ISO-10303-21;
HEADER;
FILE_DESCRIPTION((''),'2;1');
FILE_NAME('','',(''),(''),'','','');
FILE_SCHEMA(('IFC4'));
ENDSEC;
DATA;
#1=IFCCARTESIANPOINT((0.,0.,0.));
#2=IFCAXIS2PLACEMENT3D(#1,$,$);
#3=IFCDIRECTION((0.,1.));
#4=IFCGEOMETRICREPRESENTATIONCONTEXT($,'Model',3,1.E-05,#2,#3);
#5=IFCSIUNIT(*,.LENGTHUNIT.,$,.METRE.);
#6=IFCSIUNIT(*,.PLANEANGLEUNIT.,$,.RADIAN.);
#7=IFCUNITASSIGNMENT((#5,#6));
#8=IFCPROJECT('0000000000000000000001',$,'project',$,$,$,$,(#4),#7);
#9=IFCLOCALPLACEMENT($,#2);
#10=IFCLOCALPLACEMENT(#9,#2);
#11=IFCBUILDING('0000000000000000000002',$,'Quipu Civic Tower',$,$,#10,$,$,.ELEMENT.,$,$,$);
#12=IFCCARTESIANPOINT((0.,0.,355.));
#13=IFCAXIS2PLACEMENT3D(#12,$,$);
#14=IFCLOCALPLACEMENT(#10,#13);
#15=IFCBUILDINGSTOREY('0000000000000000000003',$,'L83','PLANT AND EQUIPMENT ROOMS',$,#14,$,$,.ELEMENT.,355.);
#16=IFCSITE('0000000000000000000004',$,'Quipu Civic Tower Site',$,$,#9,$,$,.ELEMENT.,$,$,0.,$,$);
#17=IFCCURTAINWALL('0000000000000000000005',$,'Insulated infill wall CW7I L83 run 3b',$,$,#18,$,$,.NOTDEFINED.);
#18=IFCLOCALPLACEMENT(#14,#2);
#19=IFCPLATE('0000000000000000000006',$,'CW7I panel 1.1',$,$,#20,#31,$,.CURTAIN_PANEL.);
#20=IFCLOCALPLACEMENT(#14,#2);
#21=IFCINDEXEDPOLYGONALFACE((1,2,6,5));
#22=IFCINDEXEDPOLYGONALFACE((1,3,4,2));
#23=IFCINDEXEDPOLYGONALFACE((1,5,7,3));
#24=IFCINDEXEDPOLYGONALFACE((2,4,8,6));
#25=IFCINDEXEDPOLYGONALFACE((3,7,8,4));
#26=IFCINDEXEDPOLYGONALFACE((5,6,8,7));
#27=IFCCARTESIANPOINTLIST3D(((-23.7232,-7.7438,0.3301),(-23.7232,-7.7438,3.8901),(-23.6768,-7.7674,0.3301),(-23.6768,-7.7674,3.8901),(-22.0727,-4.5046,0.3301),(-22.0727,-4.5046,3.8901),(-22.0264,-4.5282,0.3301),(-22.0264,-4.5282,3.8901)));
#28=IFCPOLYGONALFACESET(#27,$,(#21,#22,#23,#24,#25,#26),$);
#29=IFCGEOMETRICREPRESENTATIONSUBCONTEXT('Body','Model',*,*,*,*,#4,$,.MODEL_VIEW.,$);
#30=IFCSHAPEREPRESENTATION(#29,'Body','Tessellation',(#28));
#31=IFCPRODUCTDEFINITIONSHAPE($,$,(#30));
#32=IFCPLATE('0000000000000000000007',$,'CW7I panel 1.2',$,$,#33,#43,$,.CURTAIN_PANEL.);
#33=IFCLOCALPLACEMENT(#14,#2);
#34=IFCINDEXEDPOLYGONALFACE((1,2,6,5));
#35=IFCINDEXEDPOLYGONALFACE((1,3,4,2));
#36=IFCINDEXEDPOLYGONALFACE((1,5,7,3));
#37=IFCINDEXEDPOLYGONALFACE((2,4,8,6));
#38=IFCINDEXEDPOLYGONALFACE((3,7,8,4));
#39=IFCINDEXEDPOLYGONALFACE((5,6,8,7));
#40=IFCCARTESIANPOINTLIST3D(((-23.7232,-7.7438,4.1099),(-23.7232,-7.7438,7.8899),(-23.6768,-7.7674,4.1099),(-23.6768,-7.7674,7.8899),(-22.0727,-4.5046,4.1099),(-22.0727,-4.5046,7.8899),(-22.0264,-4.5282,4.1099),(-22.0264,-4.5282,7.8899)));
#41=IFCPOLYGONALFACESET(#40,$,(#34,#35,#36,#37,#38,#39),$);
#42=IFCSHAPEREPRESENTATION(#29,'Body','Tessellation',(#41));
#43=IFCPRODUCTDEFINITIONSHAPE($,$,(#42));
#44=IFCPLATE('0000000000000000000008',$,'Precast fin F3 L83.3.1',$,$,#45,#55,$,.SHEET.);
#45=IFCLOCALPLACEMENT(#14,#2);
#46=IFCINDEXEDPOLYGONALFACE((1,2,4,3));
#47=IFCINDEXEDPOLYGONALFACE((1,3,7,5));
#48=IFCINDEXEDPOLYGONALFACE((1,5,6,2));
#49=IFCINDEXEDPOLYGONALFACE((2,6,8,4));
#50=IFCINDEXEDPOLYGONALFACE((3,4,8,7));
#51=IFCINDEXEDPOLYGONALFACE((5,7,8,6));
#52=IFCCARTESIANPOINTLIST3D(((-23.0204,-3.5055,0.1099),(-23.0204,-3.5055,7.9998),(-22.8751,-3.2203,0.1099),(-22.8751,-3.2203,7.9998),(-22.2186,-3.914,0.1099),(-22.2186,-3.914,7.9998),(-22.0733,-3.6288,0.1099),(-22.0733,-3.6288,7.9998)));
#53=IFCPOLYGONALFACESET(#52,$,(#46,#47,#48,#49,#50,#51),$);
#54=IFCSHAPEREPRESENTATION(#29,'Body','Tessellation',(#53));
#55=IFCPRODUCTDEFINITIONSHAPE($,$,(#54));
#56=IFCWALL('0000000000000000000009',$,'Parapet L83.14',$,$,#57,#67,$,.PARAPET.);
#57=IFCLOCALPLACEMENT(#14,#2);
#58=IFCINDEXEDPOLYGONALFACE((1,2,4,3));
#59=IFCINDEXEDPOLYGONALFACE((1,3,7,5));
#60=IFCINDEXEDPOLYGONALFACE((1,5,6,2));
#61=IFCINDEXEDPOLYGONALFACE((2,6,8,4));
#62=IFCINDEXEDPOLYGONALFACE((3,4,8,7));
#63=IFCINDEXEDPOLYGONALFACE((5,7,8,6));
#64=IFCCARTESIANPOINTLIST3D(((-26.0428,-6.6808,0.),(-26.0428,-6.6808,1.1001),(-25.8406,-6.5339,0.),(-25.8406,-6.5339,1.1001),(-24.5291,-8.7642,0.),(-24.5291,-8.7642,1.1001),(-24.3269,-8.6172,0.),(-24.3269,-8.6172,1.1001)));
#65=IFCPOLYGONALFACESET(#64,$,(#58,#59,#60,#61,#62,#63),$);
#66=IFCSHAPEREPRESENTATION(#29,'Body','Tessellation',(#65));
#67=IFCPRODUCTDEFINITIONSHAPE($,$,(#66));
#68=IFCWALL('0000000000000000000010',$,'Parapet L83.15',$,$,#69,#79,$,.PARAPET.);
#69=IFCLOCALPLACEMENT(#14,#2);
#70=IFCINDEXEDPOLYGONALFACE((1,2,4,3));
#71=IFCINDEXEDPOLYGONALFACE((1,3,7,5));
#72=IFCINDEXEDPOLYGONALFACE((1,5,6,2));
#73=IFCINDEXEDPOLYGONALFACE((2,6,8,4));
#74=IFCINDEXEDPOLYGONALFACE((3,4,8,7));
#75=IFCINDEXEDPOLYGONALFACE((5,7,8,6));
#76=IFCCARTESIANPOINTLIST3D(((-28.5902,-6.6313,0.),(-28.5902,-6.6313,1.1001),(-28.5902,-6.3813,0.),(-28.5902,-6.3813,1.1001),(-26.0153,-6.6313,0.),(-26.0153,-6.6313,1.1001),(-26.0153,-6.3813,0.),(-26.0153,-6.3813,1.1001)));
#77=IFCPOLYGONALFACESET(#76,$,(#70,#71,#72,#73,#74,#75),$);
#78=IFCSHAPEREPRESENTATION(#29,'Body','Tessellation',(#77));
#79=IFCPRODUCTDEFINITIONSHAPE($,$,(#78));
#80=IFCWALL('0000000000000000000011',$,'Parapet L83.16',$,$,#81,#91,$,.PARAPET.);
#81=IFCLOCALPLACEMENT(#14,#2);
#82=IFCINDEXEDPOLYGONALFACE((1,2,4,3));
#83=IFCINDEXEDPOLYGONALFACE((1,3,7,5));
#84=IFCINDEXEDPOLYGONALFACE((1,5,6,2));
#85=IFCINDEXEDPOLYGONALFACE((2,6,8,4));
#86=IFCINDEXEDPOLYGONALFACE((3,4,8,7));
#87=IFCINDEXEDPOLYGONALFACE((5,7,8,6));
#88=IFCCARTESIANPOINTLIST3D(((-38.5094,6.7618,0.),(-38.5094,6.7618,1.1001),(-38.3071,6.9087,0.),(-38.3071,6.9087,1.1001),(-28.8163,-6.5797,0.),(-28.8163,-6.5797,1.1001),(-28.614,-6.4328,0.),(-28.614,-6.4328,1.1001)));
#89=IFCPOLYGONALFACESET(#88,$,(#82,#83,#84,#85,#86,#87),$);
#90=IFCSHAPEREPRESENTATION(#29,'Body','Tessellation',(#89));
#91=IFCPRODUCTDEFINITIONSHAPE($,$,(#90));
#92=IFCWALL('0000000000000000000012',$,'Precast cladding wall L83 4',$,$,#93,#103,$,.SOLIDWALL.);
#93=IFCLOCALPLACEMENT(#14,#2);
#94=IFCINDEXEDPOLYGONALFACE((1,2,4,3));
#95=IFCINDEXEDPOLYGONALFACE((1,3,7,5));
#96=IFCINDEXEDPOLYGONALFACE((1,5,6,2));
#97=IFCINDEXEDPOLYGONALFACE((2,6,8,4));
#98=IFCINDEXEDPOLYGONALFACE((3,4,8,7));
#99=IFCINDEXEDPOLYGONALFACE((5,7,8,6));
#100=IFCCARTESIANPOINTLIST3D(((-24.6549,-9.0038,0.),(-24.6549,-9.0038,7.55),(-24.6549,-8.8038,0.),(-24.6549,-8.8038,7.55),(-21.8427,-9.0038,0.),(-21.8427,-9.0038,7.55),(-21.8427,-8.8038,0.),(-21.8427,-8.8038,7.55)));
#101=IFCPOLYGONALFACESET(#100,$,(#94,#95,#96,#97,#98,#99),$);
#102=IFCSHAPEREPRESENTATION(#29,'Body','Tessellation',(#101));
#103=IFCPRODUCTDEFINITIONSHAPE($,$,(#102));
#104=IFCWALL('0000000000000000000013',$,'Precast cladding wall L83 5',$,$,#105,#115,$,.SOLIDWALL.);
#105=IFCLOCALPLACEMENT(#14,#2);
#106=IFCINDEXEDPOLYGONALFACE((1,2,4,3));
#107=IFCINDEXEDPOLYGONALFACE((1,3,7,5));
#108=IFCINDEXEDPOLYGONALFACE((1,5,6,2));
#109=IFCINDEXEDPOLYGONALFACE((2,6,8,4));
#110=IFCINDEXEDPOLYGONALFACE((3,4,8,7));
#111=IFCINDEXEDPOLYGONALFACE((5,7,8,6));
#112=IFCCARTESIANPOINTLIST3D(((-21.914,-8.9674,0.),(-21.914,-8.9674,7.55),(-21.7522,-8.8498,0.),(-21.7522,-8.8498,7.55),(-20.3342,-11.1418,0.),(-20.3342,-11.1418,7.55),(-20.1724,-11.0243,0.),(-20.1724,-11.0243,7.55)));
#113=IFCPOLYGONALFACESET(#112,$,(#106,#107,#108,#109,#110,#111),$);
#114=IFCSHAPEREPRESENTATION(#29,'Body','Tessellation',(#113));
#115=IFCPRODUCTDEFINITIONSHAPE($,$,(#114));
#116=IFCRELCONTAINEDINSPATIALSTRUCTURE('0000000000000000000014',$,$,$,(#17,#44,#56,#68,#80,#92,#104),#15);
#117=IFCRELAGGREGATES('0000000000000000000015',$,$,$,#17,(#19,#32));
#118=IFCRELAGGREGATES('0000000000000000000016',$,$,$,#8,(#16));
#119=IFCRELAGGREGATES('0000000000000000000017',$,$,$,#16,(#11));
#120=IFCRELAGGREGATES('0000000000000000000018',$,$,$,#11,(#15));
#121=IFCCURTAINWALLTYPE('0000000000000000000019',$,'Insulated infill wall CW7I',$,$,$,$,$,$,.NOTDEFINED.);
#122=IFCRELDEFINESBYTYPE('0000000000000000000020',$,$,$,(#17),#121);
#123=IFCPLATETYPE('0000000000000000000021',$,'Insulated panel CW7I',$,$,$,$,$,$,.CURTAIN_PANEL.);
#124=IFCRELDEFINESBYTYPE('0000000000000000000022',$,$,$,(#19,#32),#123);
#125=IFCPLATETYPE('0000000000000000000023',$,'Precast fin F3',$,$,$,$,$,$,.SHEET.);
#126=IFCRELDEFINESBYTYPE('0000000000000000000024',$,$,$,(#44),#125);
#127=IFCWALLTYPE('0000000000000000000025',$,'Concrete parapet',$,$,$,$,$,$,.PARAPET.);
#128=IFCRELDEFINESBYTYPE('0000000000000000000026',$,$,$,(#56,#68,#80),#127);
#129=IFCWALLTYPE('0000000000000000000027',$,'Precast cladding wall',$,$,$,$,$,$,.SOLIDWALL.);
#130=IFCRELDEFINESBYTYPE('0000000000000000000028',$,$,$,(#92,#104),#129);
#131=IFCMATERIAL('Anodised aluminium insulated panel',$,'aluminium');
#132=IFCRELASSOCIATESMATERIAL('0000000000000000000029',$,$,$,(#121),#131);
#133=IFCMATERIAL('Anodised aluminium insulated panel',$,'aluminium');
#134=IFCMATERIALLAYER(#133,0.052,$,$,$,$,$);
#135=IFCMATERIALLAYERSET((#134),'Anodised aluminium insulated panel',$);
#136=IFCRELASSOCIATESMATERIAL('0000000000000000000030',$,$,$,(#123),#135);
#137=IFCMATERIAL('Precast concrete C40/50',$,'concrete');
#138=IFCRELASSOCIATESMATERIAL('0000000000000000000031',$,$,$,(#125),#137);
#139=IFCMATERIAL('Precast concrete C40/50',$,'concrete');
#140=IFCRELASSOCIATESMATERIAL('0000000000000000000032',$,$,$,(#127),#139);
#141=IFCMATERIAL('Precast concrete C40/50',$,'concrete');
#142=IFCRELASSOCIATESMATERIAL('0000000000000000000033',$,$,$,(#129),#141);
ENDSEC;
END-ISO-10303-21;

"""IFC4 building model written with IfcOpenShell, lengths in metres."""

from ifc_helpers import new_model, si_unit, direction, frame, frame_2d, origin, origin_2d, place, context, subcontext, project, spatial, rectangle, extrude, material, layer, layer_set, type_object, element, aggregate, save


model = new_model("IFC4")

# Units and contexts
model_context = context("Model", 3, precision=1e-05, world=origin(), true_north=direction((0.0, 1.0)))
body_context = subcontext(model_context, "Body", "Model", "MODEL_VIEW")
ifc_project = project(units=[si_unit("LENGTHUNIT", "METRE"), si_unit("PLANEANGLEUNIT", "RADIAN")], contexts=[model_context])

# Site, building, storey
site_placement = place(None, origin())
site = spatial("IfcSite", under=ifc_project, at=site_placement, Name="Quipu Civic Tower Site", CompositionType="ELEMENT", RefElevation=0.0)
building_placement = place(site_placement, origin())
building = spatial("IfcBuilding", under=site, at=building_placement, Name="Quipu Civic Tower", CompositionType="ELEMENT")
storey_placement = place(building_placement, frame((0.0, 0.0, 355.0)))
storey = spatial("IfcBuildingStorey", under=building, at=storey_placement, Name="L83", Description="PLANT AND EQUIPMENT ROOMS", CompositionType="ELEMENT", Elevation=355.0)

# Curtain wall, plates
ifc_material_1 = material(Name="Anodised aluminium insulated panel", Category="aluminium")
curtain_wall_type = type_object("IfcCurtainWallType", Name="Insulated infill wall CW7I", PredefinedType="NOTDEFINED", material=ifc_material_1)
curtain_wall_placement = place(storey_placement, origin())
curtain_wall = element("IfcCurtainWall", 1, at=curtain_wall_placement, inside=storey, type_object=curtain_wall_type, Name="Insulated infill wall CW7I L83 run 3b", PredefinedType="NOTDEFINED")
ifc_material_2 = material(Name="Anodised aluminium insulated panel", Category="aluminium")
ifc_layer = layer(ifc_material_2, 0.052)
ifc_layer_set = layer_set([ifc_layer], Name="Anodised aluminium insulated panel")
plate_type_1 = type_object("IfcPlateType", Name="Insulated panel CW7I", PredefinedType="CURTAIN_PANEL", material=ifc_layer_set)
plate_1_placement = place(storey_placement, frame((-22.8748, -6.136, 0.3301), z_axis=(0.0, 0.0, 1.0), x_axis=(-0.453988, -0.891008, 0.0)))
plate_1 = element("IfcPlate", 2, at=plate_1_placement, type_object=plate_type_1, Name="CW7I panel 1.1", PredefinedType="CURTAIN_PANEL", context=body_context, shape_type="SweptSolid", body=[
    extrude(rectangle(XDim=3.6355, YDim=0.052, at=origin_2d()), origin(), (0.0, 0.0, 1.0), 3.5601),
])
plate_2_placement = place(storey_placement, frame((-22.8748, -6.136, 4.1099), z_axis=(0.0, 0.0, 1.0), x_axis=(-0.453988, -0.891008, 0.0)))
plate_2 = element("IfcPlate", 3, at=plate_2_placement, type_object=plate_type_1, Name="CW7I panel 1.2", PredefinedType="CURTAIN_PANEL", context=body_context, shape_type="SweptSolid", body=[
    extrude(rectangle(XDim=3.6355, YDim=0.052, at=origin_2d()), origin(), (0.0, 0.0, 1.0), 3.78),
])
aggregate(curtain_wall, [plate_1, plate_2])

# Plate
ifc_material_3 = material(Name="Precast concrete C40/50", Category="concrete")
plate_type_2 = type_object("IfcPlateType", Name="Precast fin F3", PredefinedType="SHEET", material=ifc_material_3)
plate_3_placement = place(storey_placement, frame((-22.5469, -3.5671, 0.1099), z_axis=(0.0, 0.0, 1.0), x_axis=(-0.45399, -0.891007, 0.0)))
element("IfcPlate", 4, at=plate_3_placement, inside=storey, type_object=plate_type_2, Name="Precast fin F3 L83.3.1", PredefinedType="SHEET", context=body_context, shape_type="SweptSolid", body=[
    extrude(rectangle(XDim=0.3201, YDim=0.8999, at=origin_2d()), origin(), (0.0, 0.0, 1.0), 7.8899),
])

# Walls
ifc_material_4 = material(Name="Precast concrete C40/50", Category="concrete")
wall_type_1 = type_object("IfcWallType", Name="Concrete parapet", PredefinedType="PARAPET", material=ifc_material_4)
wall_1_placement = place(storey_placement, frame((-24.428, -8.6907, 0.0), z_axis=(0.0, 0.0, 1.0), x_axis=(-0.587811, 0.808998, 0.0)))
element("IfcWall", 5, at=wall_1_placement, inside=storey, type_object=wall_type_1, Name="Parapet L83.14", PredefinedType="PARAPET", context=body_context, shape_type="SweptSolid", body=[
    extrude(rectangle(XDim=2.5752, YDim=0.25, at=frame_2d((1.2876, 0.0))), origin(), (0.0, 0.0, 1.0), 1.1001),
])
wall_2_placement = place(storey_placement, frame((-26.0151, -6.5063, 0.0), z_axis=(0.0, 0.0, 1.0), x_axis=(-1.0, 0.0, 0.0)))
element("IfcWall", 6, at=wall_2_placement, inside=storey, type_object=wall_type_1, Name="Parapet L83.15", PredefinedType="PARAPET", context=body_context, shape_type="SweptSolid", body=[
    extrude(rectangle(XDim=2.575, YDim=0.25, at=frame_2d((1.2876, 0.0))), origin(), (0.0, 0.0, 1.0), 1.1001),
])
wall_3_placement = place(storey_placement, frame((-28.7151, -6.5063, 0.0), z_axis=(0.0, 0.0, 1.0), x_axis=(-0.587782, 0.80902, 0.0)))
element("IfcWall", 7, at=wall_3_placement, inside=storey, type_object=wall_type_1, Name="Parapet L83.16", PredefinedType="PARAPET", context=body_context, shape_type="SweptSolid", body=[
    extrude(rectangle(XDim=16.491, YDim=0.25, at=frame_2d((8.2456, 0.0))), origin(), (0.0, 0.0, 1.0), 1.1001),
])
ifc_material_5 = material(Name="Precast concrete C40/50", Category="concrete")
wall_type_2 = type_object("IfcWallType", Name="Precast cladding wall", PredefinedType="SOLIDWALL", material=ifc_material_5)
wall_4_placement = place(storey_placement, frame((-24.655, -8.9038, 0.0), z_axis=(0.0, 0.0, 1.0), x_axis=(1.0, 0.0, 0.0)))
element("IfcWall", 8, at=wall_4_placement, inside=storey, type_object=wall_type_2, Name="Precast cladding wall L83 4", PredefinedType="SOLIDWALL", context=body_context, shape_type="SweptSolid", body=[
    extrude(rectangle(XDim=2.8123, YDim=0.2, at=frame_2d((1.4062, 0.0))), origin(), (0.0, 0.0, 1.0), 7.55),
])
wall_5_placement = place(storey_placement, frame((-21.833, -8.9087, 0.0), z_axis=(0.0, 0.0, 1.0), x_axis=(0.587767, -0.809031, 0.0)))
element("IfcWall", 9, at=wall_5_placement, inside=storey, type_object=wall_type_2, Name="Precast cladding wall L83 5", PredefinedType="SOLIDWALL", context=body_context, shape_type="SweptSolid", body=[
    extrude(rectangle(XDim=2.6877, YDim=0.2, at=frame_2d((1.3438, 0.0))), origin(), (0.0, 0.0, 1.0), 7.55),
])

save(model, "model.ifc")
